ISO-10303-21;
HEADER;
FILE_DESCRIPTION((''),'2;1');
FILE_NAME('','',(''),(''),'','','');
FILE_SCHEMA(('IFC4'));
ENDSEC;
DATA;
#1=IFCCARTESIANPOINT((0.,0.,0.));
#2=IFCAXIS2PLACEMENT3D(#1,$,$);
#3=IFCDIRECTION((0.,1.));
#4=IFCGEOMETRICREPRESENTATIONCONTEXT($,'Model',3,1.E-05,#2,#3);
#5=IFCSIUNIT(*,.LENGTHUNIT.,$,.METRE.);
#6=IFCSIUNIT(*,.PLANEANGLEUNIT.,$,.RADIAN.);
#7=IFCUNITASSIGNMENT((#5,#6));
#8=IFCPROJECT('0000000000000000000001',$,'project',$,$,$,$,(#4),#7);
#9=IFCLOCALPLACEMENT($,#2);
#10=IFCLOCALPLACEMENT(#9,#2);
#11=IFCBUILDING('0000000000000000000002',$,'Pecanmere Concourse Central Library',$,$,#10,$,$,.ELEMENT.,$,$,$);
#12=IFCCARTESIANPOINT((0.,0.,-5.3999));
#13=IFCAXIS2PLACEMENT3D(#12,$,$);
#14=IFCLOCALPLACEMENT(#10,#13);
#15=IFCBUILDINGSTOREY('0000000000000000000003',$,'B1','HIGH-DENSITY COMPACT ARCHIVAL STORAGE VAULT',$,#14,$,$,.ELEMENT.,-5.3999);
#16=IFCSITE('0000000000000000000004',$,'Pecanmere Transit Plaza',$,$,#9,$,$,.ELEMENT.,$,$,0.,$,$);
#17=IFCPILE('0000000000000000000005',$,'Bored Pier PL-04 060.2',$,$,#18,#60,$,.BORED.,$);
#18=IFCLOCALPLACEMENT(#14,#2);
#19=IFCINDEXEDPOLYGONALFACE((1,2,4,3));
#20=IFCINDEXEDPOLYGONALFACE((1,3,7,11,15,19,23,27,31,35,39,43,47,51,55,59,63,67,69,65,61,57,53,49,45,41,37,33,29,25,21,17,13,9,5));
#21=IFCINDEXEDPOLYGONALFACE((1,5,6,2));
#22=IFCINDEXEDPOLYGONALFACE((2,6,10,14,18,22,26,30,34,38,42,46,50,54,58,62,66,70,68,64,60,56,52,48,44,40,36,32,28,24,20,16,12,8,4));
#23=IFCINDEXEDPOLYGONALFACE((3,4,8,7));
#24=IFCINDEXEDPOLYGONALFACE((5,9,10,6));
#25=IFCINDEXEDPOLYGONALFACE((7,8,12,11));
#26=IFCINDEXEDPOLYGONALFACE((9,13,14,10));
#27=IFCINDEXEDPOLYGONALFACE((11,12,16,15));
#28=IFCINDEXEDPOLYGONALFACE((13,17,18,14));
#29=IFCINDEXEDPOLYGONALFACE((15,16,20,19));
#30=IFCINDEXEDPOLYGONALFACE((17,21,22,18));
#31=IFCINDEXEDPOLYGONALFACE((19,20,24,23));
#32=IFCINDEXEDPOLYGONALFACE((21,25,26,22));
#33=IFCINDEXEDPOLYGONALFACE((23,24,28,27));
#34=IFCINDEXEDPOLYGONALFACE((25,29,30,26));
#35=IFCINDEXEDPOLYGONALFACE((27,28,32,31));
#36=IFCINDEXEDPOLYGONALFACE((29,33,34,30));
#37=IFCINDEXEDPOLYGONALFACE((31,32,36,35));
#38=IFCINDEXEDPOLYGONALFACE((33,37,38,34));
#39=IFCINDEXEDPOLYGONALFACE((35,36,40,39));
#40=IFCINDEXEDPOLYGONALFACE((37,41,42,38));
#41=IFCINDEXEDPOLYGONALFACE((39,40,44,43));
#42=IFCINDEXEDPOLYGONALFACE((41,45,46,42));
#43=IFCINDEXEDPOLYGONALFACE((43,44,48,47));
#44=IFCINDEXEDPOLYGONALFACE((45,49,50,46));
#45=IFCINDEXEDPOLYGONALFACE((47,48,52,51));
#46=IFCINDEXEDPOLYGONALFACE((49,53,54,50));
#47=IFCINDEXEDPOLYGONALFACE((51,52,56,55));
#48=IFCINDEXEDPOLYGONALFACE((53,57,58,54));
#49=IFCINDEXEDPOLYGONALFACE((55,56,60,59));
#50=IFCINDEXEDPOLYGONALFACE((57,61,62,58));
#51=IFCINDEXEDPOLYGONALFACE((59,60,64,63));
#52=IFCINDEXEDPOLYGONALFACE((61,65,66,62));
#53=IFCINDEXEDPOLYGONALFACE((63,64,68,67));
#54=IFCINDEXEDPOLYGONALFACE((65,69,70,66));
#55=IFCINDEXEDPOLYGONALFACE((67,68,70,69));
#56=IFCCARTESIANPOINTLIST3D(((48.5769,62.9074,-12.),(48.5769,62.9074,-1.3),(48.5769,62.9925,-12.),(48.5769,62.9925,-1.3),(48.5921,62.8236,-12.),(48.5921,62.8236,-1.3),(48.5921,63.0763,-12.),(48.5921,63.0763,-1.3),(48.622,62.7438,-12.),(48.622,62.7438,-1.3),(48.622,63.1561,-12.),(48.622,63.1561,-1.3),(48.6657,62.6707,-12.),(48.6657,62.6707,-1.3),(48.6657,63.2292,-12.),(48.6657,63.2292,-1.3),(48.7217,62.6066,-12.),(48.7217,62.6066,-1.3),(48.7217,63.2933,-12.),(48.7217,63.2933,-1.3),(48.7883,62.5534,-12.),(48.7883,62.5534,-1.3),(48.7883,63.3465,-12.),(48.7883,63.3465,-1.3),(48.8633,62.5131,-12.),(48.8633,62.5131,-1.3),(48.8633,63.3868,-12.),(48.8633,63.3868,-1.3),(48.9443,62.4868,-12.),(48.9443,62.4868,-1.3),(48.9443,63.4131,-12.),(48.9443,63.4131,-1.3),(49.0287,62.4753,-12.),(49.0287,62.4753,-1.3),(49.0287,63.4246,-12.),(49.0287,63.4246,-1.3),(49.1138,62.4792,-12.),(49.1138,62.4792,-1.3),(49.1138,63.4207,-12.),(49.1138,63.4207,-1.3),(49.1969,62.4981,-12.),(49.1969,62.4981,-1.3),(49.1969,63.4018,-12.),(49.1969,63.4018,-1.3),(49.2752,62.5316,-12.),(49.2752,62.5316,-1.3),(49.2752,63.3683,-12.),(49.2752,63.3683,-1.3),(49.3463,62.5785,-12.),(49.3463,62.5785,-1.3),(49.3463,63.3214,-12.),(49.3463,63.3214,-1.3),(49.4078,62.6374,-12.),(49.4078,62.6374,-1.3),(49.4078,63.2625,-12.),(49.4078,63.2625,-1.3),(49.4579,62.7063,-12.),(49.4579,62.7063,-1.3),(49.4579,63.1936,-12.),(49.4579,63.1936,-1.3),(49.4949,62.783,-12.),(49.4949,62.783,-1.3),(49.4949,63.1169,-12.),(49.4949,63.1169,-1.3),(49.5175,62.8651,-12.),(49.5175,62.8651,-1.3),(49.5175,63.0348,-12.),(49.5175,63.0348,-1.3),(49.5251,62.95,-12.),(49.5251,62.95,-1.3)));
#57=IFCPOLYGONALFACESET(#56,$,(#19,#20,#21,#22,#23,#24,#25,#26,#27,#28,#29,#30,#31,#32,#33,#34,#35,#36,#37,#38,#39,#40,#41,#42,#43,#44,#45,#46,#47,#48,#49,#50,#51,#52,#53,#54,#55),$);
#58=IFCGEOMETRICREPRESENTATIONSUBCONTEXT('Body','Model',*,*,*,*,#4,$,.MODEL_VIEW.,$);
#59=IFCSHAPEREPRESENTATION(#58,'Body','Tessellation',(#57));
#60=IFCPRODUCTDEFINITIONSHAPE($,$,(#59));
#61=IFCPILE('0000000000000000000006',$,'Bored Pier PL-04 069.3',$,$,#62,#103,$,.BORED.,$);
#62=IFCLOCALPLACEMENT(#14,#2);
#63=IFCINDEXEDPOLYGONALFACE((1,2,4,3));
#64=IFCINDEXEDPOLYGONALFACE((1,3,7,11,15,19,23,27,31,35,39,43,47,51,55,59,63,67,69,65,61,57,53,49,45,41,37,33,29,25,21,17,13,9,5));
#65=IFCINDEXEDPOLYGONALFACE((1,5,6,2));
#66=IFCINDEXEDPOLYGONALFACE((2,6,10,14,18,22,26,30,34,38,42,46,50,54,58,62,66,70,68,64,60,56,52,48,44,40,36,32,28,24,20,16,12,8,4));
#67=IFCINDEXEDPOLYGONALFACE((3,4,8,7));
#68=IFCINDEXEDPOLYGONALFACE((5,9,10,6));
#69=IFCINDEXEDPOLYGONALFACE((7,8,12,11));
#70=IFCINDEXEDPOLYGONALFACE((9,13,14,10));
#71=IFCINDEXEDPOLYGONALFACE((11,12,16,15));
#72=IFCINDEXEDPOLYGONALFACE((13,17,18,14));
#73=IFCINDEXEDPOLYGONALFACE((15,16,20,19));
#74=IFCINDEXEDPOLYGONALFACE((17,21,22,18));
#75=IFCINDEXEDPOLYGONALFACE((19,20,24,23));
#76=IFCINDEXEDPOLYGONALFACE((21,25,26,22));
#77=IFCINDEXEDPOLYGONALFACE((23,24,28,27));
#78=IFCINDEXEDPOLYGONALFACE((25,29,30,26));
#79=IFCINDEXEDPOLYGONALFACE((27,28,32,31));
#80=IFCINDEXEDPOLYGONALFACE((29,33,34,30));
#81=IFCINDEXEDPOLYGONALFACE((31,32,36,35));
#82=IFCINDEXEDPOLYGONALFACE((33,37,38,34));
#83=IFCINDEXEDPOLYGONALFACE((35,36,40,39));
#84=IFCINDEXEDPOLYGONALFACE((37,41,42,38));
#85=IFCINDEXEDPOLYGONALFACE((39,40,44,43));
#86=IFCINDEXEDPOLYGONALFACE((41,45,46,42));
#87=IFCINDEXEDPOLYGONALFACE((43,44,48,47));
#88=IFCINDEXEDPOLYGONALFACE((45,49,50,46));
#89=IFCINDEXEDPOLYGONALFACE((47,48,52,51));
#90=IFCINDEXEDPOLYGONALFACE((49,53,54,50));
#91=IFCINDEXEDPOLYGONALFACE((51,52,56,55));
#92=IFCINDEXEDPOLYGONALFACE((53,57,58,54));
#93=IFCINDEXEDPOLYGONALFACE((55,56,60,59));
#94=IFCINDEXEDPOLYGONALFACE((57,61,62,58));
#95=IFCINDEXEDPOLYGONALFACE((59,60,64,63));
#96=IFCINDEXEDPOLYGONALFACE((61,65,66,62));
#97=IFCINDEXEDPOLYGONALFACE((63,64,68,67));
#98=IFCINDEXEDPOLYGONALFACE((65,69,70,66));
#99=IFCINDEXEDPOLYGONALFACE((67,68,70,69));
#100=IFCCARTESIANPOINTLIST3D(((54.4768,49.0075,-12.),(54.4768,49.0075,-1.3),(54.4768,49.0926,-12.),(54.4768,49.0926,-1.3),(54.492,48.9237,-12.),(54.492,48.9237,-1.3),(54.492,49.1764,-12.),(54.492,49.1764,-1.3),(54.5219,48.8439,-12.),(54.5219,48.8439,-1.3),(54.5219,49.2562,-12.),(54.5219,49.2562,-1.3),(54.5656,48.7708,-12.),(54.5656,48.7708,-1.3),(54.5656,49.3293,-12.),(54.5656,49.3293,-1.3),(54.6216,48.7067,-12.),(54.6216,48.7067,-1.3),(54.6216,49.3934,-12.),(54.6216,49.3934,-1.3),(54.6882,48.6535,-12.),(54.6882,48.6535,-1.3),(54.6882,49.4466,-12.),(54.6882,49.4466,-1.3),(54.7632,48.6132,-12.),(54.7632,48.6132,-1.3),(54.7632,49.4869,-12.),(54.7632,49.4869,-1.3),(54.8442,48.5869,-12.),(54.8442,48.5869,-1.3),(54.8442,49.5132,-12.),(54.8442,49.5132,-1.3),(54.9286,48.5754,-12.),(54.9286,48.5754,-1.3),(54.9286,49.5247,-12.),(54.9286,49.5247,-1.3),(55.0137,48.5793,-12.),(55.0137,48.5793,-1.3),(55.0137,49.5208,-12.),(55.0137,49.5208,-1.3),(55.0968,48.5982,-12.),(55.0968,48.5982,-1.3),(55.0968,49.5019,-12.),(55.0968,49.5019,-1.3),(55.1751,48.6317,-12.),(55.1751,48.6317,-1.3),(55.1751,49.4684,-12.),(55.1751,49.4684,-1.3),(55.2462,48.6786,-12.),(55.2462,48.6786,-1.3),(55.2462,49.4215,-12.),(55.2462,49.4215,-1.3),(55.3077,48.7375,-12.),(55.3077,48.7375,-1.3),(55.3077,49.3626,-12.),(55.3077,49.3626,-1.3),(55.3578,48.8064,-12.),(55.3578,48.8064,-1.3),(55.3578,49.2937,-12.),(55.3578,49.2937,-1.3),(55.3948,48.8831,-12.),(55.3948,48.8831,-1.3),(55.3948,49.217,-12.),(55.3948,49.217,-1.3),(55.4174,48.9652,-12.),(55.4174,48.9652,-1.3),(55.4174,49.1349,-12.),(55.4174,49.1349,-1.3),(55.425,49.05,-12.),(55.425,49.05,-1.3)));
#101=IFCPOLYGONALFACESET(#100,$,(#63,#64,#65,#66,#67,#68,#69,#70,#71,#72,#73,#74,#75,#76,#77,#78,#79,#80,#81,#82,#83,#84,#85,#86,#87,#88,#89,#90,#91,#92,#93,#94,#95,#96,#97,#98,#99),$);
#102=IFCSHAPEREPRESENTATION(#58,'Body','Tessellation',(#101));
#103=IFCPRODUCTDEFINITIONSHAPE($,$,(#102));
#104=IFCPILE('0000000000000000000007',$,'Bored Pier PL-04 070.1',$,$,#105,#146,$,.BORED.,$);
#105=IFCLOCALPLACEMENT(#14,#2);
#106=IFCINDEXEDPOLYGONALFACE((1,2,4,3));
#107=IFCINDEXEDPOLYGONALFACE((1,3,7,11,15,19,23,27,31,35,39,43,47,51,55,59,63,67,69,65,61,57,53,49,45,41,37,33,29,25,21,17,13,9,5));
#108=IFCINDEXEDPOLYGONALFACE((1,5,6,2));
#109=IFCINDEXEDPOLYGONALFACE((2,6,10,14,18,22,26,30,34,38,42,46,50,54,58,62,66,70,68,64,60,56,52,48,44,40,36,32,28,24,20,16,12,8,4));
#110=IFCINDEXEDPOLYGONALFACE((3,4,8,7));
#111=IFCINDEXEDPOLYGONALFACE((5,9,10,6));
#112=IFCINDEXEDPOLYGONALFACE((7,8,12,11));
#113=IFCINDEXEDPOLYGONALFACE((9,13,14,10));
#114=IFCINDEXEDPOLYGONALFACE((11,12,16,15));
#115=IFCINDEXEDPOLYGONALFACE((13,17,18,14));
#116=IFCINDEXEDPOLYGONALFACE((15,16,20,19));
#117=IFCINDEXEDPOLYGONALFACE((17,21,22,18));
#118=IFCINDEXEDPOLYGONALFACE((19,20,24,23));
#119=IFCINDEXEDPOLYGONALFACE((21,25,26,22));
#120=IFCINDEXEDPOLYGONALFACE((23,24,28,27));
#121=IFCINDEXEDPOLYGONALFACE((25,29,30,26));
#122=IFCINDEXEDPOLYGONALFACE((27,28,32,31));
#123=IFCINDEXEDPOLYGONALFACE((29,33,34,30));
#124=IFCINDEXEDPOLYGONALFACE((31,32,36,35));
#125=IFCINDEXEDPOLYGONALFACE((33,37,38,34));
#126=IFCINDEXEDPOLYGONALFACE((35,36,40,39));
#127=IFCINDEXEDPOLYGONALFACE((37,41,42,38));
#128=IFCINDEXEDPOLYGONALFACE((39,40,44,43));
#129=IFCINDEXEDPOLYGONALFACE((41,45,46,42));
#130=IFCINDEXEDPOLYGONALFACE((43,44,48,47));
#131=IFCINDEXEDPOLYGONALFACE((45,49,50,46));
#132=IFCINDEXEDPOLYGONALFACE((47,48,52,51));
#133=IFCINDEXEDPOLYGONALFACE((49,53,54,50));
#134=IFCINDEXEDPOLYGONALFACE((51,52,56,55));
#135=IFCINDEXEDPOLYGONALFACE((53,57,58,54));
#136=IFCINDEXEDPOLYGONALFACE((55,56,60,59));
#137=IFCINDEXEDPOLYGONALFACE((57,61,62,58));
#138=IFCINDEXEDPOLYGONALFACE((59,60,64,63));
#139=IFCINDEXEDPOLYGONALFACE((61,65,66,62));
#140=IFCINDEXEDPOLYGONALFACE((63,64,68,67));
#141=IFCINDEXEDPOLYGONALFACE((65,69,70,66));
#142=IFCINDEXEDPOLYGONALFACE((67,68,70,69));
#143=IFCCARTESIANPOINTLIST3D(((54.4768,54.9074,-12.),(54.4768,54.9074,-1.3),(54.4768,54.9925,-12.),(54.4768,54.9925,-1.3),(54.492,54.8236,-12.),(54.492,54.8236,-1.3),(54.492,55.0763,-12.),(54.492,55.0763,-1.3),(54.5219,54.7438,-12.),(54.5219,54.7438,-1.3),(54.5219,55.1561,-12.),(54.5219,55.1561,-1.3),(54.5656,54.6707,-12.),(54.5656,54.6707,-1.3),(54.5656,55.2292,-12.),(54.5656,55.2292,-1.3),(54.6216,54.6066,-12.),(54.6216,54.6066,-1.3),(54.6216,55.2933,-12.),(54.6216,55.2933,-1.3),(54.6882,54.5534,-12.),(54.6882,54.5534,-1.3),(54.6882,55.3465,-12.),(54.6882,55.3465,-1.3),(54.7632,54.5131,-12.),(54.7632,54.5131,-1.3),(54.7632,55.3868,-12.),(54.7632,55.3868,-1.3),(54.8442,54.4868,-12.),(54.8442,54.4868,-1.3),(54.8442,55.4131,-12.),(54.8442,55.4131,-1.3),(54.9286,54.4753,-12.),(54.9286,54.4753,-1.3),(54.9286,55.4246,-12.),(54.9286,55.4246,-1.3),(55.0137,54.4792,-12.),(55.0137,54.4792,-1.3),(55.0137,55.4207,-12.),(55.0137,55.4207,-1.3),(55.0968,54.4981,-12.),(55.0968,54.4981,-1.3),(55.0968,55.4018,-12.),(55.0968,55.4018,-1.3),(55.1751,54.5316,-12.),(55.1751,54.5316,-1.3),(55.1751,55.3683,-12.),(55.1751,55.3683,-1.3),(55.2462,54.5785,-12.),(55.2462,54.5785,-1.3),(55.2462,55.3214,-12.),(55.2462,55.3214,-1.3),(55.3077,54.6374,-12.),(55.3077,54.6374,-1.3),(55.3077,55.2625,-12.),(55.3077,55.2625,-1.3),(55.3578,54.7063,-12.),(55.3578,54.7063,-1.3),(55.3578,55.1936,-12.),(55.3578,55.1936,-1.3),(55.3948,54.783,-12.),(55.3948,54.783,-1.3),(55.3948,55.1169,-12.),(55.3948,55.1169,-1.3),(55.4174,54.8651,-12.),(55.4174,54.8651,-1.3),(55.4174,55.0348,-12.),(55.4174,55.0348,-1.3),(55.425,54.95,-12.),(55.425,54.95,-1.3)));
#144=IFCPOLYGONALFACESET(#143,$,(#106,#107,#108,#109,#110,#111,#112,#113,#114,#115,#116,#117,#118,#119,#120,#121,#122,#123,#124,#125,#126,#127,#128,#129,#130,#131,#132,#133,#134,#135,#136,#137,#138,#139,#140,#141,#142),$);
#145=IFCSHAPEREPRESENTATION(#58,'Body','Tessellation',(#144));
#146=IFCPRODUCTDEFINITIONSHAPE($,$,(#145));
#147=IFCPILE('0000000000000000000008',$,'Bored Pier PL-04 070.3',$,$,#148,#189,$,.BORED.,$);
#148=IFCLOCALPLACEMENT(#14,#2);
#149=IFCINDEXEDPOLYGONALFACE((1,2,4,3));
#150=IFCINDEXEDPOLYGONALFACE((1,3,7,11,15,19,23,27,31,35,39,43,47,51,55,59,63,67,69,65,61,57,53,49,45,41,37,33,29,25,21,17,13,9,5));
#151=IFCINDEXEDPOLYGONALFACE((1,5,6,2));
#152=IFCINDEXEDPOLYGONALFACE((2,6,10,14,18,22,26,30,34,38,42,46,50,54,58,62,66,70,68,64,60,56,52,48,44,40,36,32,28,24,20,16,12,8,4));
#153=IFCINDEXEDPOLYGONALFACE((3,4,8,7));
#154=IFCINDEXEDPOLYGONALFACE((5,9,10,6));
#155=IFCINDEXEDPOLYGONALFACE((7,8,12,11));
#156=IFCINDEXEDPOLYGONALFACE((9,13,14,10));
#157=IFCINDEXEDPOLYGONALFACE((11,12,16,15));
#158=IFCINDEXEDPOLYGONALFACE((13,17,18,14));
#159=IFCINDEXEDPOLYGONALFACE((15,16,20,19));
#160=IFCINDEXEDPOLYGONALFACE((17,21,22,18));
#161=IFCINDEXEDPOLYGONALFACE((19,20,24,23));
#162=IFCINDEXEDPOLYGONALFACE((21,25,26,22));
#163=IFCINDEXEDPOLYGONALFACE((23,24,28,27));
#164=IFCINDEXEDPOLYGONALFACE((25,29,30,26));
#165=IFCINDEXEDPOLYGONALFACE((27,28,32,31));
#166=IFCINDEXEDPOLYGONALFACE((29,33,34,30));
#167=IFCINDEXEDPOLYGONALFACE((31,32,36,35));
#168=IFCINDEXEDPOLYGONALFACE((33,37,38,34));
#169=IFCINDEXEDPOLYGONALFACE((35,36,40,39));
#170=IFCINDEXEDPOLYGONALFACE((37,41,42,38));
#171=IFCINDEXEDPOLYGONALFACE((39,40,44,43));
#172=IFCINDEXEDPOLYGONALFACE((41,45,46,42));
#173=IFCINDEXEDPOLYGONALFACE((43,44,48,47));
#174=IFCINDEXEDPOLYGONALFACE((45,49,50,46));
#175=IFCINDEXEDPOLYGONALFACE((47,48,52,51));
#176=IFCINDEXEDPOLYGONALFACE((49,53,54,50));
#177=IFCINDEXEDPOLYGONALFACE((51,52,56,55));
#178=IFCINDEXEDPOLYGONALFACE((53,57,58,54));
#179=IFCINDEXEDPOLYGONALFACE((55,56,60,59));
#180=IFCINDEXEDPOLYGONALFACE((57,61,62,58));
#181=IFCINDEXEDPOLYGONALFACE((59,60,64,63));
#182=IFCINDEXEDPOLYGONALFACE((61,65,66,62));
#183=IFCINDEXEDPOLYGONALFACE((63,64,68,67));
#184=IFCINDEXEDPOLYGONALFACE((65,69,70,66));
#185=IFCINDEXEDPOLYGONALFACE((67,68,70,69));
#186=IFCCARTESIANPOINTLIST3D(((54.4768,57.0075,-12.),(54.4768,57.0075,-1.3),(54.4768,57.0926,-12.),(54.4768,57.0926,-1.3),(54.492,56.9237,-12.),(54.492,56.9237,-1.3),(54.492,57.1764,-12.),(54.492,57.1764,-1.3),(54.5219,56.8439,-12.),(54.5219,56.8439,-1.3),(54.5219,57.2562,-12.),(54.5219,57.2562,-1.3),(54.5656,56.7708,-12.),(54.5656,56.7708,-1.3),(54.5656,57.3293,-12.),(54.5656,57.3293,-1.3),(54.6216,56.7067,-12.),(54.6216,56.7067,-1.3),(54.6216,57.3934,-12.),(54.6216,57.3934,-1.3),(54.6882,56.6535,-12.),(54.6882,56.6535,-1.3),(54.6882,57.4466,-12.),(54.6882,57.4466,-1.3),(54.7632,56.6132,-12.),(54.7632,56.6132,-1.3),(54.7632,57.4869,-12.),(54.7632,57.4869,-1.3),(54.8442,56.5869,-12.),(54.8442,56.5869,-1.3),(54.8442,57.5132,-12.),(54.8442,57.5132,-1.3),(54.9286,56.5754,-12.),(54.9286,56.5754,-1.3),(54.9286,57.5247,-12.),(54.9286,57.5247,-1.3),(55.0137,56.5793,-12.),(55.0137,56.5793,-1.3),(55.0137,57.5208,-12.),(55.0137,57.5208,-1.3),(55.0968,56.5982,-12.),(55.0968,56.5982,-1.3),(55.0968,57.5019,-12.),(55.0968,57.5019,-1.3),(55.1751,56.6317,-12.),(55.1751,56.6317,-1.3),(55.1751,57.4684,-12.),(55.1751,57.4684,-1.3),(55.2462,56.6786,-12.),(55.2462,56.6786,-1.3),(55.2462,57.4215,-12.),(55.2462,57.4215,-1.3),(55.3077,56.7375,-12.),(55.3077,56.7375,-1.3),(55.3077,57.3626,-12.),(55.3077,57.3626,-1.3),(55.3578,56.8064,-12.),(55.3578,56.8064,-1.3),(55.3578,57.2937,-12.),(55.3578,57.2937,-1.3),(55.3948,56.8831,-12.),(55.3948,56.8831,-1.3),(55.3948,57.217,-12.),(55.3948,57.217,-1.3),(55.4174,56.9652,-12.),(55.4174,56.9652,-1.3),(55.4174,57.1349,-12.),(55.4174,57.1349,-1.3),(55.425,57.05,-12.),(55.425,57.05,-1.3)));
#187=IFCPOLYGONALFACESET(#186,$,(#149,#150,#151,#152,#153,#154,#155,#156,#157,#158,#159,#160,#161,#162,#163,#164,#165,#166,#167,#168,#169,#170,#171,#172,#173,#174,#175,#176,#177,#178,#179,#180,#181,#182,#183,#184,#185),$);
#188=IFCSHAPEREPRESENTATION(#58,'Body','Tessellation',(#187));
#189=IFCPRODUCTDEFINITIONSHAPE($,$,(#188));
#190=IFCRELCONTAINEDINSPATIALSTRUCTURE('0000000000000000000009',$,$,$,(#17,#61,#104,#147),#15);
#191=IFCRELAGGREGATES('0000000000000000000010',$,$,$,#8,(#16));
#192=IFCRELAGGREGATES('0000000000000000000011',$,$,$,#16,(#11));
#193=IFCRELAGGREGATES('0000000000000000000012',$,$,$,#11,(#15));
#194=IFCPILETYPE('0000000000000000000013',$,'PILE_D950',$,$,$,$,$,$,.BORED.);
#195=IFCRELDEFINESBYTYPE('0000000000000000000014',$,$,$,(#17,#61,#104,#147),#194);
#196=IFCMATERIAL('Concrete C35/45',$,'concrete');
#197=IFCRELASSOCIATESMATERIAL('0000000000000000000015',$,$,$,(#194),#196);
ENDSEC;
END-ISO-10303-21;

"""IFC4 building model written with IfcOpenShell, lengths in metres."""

from ifc_helpers import new_model, si_unit, direction, frame, origin, origin_2d, place, context, subcontext, project, spatial, circle, extrude, material, material_profile, profile_set, type_object, element, save


model = new_model("IFC4")

# Units and contexts
model_context = context("Model", 3, precision=1e-05, world=origin(), true_north=direction((0.0, 1.0)))
body_context = subcontext(model_context, "Body", "Model", "MODEL_VIEW")
ifc_project = project(units=[si_unit("LENGTHUNIT", "METRE"), si_unit("PLANEANGLEUNIT", "RADIAN")], contexts=[model_context])

# Site, building, storey
site_placement = place(None, origin())
site = spatial("IfcSite", under=ifc_project, at=site_placement, Name="Pecanmere Transit Plaza", CompositionType="ELEMENT", RefElevation=0.0)
building_placement = place(site_placement, origin())
building = spatial("IfcBuilding", under=site, at=building_placement, Name="Pecanmere Concourse Central Library", CompositionType="ELEMENT")
storey_placement = place(building_placement, frame((0.0, 0.0, -5.3999)))
storey = spatial("IfcBuildingStorey", under=building, at=storey_placement, Name="B1", Description="HIGH-DENSITY COMPACT ARCHIVAL STORAGE VAULT", CompositionType="ELEMENT", Elevation=-5.3999)

# Piles
ifc_material_1 = material(Name="Concrete C35/45", Category="concrete")
ifc_material_profile_1 = material_profile(ifc_material_1, circle(Radius=0.4751, at=origin_2d()), Name="PIER D950")
ifc_profile_set_1 = profile_set([ifc_material_profile_1], Name="Concrete C35/45")
pile_type = type_object("IfcPileType", Name="PILE_D950", PredefinedType="BORED", material=ifc_profile_set_1)
for number, where, z_axis, x_axis, name in (
    (1, (49.05, 62.95, -1.3), (0.0, 0.0, -1.0), (1.0, 0.0, 0.0), "Bored Pier PL-04 060.2"),
    (2, (54.95, 49.05, -1.3), (0.0, 0.0, -1.0), (1.0, 0.0, 0.0), "Bored Pier PL-04 069.3"),
    (3, (54.95, 54.95, -1.3), (0.0, 0.0, -1.0), (1.0, 0.0, 0.0), "Bored Pier PL-04 070.1"),
    (4, (54.95, 57.05, -1.3), (0.0, 0.0, -1.0), (1.0, 0.0, 0.0), "Bored Pier PL-04 070.3"),
):
    element("IfcPile", number, at=place(storey_placement, frame(where, z_axis=z_axis, x_axis=x_axis)), inside=storey, type_object=pile_type, Name=name, PredefinedType="BORED", context=body_context, shape_type="SweptSolid", body=[
        extrude(circle(Radius=0.4751, at=origin_2d()), origin(), (0.0, 0.0, 1.0), 10.7),
    ])

save(model, "model.ifc")
